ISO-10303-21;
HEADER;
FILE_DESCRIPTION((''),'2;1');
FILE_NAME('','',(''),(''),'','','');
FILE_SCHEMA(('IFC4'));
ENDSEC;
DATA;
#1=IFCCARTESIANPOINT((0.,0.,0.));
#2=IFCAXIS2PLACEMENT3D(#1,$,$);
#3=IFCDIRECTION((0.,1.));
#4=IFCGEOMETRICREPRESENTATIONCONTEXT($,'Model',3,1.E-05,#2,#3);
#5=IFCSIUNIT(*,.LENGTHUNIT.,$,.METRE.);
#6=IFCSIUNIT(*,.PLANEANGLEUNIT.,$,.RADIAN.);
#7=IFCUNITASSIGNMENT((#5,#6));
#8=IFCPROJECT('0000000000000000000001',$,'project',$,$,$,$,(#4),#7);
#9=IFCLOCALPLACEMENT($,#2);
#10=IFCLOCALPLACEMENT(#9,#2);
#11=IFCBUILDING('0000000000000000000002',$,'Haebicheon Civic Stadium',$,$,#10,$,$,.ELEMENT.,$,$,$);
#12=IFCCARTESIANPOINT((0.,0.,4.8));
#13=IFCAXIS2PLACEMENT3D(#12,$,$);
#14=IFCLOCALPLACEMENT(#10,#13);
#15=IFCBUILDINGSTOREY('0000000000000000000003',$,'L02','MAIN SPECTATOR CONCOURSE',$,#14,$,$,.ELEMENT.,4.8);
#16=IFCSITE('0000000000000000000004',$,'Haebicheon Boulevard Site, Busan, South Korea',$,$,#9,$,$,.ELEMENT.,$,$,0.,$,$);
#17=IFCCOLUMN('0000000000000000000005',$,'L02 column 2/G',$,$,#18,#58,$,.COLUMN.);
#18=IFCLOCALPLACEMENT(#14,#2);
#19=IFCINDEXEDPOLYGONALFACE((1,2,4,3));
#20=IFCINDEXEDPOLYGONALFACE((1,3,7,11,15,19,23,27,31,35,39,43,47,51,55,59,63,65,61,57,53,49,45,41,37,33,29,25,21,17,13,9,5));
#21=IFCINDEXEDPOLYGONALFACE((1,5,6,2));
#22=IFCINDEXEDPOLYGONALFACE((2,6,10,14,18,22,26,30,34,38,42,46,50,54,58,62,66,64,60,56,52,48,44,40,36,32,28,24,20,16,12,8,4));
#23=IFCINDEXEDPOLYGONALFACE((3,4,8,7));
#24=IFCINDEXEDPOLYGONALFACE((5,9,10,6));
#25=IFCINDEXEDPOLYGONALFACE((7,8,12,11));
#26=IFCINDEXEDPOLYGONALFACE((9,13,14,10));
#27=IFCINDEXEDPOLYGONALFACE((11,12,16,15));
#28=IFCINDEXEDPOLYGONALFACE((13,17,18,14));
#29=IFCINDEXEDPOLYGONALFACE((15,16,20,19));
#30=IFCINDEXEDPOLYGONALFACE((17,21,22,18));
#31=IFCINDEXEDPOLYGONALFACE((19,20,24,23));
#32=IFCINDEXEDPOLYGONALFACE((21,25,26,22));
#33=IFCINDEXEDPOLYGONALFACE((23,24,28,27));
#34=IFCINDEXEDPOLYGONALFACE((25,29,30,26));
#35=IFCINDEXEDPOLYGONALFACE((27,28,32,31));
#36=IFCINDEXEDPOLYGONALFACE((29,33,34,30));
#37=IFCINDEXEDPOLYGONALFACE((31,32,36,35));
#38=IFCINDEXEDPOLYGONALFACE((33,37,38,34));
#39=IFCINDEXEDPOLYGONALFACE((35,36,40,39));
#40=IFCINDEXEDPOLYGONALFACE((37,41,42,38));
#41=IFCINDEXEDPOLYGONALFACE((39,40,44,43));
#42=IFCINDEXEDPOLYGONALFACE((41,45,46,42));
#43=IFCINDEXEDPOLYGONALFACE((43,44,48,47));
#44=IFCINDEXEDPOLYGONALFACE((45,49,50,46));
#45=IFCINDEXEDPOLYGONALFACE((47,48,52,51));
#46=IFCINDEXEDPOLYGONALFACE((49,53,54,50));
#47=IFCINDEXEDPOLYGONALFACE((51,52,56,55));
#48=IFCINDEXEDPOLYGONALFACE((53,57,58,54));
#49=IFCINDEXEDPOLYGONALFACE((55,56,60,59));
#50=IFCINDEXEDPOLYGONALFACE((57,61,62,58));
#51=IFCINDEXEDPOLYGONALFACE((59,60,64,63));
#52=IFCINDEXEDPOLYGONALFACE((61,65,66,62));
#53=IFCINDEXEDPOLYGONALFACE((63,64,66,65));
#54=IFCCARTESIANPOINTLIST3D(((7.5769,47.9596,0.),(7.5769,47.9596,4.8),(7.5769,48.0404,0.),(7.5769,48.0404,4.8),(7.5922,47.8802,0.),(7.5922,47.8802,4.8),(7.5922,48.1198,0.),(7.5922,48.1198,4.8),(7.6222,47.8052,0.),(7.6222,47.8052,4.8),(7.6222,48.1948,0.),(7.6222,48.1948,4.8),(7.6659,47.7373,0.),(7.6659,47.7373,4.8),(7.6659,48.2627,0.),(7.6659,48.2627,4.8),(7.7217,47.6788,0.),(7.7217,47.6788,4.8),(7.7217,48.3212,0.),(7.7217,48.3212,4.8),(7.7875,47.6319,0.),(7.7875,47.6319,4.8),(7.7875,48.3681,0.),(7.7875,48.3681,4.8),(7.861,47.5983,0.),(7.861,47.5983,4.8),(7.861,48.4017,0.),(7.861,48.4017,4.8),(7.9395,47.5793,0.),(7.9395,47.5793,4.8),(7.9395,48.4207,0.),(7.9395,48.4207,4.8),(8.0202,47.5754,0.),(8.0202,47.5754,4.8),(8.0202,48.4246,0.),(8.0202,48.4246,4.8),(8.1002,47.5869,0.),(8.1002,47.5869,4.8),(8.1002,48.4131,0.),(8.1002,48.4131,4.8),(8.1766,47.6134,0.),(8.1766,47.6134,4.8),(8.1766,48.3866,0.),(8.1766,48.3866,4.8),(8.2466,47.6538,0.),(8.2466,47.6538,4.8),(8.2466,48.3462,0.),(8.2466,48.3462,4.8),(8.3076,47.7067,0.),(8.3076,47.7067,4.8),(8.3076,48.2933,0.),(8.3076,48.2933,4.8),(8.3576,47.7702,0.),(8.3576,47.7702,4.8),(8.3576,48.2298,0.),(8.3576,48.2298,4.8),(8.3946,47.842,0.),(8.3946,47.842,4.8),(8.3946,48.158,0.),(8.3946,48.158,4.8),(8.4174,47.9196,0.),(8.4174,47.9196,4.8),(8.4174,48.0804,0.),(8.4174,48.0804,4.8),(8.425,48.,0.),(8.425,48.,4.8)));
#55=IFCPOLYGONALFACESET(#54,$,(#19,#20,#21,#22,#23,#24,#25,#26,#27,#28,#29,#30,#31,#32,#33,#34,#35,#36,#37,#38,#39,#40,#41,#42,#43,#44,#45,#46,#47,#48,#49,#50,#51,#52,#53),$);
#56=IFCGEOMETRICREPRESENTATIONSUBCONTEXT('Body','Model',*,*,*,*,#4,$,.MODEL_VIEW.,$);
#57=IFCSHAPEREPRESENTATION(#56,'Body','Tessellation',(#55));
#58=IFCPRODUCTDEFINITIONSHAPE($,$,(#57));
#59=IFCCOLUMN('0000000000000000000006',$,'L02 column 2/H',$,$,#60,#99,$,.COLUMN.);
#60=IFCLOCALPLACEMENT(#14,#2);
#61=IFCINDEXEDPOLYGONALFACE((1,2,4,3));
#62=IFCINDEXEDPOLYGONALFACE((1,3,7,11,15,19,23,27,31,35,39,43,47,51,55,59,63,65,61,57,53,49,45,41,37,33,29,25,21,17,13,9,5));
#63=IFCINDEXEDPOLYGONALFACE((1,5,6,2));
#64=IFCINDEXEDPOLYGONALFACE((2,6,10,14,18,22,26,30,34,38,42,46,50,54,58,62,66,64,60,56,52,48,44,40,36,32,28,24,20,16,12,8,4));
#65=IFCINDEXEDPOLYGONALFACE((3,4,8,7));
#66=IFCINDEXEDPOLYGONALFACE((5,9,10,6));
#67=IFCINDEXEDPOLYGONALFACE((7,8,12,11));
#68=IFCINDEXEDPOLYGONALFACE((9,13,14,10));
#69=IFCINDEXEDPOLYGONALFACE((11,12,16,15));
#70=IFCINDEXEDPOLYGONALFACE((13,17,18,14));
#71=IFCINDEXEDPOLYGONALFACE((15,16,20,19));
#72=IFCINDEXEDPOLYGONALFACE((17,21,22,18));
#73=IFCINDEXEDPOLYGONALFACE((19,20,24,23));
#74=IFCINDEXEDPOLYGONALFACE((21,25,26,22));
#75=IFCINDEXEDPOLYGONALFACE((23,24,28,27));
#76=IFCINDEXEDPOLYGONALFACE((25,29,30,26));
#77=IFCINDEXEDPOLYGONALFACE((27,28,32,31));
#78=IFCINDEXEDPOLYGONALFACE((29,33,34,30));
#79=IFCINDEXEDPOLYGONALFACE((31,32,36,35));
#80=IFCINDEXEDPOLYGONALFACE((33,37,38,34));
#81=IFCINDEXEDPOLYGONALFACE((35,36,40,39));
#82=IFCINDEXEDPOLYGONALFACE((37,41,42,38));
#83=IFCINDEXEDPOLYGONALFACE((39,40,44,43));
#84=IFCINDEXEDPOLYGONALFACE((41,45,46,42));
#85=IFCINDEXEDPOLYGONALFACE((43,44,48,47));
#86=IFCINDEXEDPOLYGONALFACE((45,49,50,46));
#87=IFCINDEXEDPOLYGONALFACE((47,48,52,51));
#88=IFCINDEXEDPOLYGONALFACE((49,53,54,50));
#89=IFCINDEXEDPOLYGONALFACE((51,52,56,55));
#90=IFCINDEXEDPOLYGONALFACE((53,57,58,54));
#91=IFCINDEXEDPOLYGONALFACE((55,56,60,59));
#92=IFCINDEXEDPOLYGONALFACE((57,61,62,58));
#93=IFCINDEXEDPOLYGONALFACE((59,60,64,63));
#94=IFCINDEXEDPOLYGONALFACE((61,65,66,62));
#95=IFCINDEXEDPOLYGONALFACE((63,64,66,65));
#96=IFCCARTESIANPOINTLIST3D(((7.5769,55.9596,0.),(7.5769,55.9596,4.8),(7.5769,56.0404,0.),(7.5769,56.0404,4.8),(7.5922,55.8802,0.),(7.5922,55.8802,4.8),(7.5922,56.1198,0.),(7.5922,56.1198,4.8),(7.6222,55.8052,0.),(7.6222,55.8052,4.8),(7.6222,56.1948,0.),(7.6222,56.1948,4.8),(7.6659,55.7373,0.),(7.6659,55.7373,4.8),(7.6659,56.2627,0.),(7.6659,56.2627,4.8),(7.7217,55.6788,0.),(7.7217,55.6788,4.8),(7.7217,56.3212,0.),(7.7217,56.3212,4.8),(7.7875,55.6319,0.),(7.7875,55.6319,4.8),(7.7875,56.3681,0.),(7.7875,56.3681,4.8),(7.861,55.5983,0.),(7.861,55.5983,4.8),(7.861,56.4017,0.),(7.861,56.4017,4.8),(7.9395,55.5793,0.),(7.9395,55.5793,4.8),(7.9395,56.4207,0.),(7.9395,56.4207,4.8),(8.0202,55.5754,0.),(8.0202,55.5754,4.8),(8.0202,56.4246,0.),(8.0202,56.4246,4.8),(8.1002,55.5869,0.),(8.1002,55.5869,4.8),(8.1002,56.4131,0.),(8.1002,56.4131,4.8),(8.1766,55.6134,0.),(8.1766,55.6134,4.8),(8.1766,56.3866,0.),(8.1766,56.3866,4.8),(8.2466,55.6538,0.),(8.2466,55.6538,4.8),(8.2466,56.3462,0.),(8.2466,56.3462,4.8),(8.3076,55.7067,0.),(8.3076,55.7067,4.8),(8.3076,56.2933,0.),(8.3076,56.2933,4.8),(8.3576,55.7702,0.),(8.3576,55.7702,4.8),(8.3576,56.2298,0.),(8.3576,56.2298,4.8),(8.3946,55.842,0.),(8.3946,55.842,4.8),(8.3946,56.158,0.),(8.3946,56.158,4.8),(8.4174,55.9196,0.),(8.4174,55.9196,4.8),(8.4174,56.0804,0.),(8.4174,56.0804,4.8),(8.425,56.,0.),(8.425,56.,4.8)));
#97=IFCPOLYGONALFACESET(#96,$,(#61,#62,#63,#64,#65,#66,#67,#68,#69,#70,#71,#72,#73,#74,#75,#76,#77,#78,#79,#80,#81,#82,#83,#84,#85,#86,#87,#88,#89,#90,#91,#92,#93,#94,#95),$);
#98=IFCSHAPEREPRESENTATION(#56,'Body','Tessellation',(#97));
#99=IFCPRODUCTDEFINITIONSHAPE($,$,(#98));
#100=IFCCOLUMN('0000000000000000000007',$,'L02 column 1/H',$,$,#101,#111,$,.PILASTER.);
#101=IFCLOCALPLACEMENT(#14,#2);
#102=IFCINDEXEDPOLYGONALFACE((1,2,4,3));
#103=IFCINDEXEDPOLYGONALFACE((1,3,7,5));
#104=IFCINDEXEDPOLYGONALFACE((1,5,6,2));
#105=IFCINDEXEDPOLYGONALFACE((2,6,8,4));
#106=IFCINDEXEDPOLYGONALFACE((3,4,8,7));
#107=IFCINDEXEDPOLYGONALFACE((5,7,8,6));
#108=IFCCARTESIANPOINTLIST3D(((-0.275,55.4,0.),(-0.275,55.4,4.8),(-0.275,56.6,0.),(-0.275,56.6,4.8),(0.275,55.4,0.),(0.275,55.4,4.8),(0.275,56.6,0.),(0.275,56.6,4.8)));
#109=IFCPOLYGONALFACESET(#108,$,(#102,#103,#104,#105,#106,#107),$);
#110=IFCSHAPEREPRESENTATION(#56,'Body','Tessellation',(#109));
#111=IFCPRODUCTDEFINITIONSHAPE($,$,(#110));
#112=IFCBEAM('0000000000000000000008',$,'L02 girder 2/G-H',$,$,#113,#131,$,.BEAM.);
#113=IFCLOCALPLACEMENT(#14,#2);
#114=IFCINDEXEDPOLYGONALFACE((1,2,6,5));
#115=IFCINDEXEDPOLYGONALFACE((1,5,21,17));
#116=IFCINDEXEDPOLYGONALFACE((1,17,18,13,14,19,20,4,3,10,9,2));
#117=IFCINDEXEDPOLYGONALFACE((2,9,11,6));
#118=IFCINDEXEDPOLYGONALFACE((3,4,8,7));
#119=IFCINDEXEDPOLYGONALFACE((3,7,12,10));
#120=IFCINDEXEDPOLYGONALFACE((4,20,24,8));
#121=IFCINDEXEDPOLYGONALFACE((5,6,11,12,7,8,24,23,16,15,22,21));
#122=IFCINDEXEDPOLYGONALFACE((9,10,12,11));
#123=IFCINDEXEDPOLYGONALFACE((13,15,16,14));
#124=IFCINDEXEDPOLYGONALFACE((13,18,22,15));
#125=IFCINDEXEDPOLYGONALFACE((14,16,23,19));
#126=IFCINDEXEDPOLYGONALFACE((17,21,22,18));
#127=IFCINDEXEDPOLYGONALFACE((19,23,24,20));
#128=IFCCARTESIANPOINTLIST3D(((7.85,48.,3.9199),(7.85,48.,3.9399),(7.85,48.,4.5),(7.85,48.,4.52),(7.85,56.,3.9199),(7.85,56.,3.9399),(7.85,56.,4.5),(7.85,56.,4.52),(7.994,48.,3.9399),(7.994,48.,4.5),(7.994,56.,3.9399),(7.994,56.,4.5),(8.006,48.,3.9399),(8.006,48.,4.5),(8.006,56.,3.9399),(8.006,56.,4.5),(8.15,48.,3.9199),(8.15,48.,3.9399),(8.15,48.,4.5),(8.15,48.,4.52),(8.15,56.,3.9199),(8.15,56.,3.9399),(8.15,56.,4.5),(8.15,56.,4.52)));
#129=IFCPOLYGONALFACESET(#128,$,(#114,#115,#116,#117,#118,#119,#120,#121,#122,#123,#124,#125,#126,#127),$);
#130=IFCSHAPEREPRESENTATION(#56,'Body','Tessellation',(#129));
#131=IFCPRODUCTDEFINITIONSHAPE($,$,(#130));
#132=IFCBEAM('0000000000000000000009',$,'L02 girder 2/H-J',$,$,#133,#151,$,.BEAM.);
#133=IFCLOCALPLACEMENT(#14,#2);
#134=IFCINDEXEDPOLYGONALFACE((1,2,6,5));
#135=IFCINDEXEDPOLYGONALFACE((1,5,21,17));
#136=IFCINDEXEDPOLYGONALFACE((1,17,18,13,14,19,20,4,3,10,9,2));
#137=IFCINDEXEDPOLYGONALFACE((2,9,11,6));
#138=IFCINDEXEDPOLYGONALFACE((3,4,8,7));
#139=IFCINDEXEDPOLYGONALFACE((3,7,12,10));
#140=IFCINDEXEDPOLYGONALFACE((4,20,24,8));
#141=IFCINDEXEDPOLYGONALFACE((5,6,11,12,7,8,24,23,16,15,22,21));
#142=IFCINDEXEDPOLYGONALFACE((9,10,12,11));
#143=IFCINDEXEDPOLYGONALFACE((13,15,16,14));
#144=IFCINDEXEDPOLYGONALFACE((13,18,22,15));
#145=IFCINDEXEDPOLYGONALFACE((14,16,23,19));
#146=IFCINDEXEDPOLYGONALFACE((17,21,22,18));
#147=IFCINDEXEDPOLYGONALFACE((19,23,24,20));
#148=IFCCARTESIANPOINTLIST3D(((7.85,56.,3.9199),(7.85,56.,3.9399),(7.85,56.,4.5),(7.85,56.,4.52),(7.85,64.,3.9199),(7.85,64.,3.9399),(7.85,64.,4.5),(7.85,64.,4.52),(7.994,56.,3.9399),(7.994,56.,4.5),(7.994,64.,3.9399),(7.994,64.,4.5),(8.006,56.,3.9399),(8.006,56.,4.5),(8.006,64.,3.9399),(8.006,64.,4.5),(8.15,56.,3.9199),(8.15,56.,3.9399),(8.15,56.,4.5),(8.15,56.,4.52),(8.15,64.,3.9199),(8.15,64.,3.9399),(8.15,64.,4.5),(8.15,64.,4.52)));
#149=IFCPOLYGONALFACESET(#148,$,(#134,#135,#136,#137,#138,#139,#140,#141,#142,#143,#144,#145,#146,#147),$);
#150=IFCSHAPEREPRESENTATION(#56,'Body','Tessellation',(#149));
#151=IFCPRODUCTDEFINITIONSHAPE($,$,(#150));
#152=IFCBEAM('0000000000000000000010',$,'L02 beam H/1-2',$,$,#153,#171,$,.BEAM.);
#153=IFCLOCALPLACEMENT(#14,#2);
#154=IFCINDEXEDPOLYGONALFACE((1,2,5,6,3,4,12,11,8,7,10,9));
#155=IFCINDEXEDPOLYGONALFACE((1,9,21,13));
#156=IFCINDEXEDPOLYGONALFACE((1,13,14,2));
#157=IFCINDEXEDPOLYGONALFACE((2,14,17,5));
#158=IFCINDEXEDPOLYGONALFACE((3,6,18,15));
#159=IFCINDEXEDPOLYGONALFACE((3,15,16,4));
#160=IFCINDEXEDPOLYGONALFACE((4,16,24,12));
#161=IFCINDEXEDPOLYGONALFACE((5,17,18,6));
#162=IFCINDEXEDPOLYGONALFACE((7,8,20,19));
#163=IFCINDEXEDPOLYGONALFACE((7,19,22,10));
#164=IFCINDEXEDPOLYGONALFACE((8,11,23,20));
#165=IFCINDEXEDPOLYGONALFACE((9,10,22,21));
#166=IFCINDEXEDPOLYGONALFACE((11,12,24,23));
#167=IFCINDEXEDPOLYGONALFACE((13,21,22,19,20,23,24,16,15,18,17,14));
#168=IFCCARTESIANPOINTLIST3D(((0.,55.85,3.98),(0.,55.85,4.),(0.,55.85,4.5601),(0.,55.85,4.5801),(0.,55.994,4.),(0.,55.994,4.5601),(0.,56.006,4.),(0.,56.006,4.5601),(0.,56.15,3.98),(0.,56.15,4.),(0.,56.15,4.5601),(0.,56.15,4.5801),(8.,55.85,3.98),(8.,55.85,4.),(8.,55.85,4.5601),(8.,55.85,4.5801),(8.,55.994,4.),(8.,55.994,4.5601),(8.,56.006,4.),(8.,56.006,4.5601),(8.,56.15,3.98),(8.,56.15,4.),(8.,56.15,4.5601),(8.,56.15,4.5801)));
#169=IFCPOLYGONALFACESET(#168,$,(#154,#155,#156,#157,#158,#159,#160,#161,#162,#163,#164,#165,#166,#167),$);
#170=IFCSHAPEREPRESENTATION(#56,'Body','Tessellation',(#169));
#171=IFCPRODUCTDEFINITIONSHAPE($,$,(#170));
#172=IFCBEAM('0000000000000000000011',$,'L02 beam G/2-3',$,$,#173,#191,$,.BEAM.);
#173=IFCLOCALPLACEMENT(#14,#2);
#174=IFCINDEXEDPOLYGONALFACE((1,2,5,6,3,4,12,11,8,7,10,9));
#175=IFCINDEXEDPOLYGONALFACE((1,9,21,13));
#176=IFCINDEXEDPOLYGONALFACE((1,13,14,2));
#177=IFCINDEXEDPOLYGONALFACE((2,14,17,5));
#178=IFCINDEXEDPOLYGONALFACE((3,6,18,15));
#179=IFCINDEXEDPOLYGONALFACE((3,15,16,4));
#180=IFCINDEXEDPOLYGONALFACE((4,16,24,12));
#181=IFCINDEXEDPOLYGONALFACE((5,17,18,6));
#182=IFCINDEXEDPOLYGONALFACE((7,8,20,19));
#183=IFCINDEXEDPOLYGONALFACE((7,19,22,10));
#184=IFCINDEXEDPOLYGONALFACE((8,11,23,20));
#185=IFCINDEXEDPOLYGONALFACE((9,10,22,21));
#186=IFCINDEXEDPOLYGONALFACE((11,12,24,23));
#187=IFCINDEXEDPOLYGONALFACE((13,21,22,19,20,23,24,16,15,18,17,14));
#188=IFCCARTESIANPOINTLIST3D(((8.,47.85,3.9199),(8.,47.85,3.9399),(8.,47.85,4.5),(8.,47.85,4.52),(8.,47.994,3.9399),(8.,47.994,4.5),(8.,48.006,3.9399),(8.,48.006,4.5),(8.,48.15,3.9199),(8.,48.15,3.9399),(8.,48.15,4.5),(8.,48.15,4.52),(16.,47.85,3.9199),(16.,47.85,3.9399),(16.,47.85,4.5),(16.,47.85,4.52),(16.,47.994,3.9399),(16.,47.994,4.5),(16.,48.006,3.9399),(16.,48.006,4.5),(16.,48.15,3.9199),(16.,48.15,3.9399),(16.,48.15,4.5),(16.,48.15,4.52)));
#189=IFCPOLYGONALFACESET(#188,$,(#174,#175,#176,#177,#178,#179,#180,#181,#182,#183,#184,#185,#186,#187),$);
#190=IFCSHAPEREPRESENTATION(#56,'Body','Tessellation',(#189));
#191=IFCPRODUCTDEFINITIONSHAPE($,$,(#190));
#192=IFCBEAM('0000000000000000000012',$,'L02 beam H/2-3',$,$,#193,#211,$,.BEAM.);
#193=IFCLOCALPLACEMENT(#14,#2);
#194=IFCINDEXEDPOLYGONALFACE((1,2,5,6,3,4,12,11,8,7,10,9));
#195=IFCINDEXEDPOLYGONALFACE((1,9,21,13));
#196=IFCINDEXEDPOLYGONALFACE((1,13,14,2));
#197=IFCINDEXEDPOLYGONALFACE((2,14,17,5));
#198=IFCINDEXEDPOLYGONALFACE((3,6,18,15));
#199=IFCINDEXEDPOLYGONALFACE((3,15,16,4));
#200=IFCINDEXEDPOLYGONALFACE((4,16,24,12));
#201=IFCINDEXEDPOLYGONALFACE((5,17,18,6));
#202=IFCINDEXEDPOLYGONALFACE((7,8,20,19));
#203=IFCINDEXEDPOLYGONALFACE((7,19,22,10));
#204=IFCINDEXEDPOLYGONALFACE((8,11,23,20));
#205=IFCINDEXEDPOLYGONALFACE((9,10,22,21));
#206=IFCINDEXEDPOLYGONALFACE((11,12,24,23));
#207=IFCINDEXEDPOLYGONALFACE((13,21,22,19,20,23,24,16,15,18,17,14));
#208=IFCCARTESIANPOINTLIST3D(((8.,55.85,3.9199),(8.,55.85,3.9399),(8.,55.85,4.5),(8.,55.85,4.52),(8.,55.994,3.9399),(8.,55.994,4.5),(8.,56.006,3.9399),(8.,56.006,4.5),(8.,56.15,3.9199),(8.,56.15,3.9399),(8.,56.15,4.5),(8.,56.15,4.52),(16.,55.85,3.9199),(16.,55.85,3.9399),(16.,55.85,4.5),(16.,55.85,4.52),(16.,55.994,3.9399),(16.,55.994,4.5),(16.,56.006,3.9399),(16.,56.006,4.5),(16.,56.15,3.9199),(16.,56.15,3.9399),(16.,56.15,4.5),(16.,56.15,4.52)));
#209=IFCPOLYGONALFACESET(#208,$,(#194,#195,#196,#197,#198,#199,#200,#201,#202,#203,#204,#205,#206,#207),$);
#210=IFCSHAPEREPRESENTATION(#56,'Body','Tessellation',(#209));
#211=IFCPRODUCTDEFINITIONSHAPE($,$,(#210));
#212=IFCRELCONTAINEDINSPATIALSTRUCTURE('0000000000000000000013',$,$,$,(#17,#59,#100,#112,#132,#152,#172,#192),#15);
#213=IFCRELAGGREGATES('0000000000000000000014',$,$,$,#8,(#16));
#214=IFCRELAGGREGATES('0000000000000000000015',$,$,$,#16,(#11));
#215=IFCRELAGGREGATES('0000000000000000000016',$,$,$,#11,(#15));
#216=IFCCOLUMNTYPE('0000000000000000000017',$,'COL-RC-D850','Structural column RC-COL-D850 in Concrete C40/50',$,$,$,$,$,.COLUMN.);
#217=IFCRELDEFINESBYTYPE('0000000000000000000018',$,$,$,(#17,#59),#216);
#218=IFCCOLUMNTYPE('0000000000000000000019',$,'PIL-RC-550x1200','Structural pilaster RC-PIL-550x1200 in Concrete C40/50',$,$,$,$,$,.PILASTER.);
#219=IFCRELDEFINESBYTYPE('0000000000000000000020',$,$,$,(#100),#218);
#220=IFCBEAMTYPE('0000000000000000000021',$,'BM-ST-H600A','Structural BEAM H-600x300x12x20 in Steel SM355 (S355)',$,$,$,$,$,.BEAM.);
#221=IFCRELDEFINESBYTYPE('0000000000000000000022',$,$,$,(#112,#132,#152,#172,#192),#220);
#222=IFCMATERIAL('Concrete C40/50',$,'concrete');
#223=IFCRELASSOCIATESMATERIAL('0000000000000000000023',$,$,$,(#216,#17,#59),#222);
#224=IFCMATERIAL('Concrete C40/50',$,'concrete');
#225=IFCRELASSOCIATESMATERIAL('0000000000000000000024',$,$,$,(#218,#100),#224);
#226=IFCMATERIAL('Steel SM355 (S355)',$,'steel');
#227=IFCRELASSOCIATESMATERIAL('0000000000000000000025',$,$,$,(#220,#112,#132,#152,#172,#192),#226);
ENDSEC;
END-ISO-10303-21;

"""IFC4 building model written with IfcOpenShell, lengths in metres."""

from ifc_helpers import new_model, si_unit, direction, frame, origin, origin_2d, place, context, subcontext, project, spatial, rectangle, circle, i_section, extrude, material, material_profile, profile_set, type_object, element, save


model = new_model("IFC4")

# Units and contexts
model_context = context("Model", 3, precision=1e-05, world=origin(), true_north=direction((0.0, 1.0)))
body_context = subcontext(model_context, "Body", "Model", "MODEL_VIEW")
ifc_project = project(units=[si_unit("LENGTHUNIT", "METRE"), si_unit("PLANEANGLEUNIT", "RADIAN")], contexts=[model_context])

# Site, building, storey
site_placement = place(None, origin())
site = spatial("IfcSite", under=ifc_project, at=site_placement, Name="Haebicheon Boulevard Site, Busan, South Korea", CompositionType="ELEMENT", RefElevation=0.0)
building_placement = place(site_placement, origin())
building = spatial("IfcBuilding", under=site, at=building_placement, Name="Haebicheon Civic Stadium", CompositionType="ELEMENT")
storey_placement = place(building_placement, frame((0.0, 0.0, 4.8)))
storey = spatial("IfcBuildingStorey", under=building, at=storey_placement, Name="L02", Description="MAIN SPECTATOR CONCOURSE", CompositionType="ELEMENT", Elevation=4.8)

# Columns
ifc_material_1 = material(Name="Concrete C40/50", Category="concrete")
ifc_material_profile_1 = material_profile(ifc_material_1, circle(Radius=0.425, at=origin_2d()), Name="RC-COL-D850")
ifc_profile_set_1 = profile_set([ifc_material_profile_1], Name="Concrete C40/50")
column_type_1 = type_object("IfcColumnType", Name="COL-RC-D850", Description="Structural column RC-COL-D850 in Concrete C40/50", PredefinedType="COLUMN", material=ifc_profile_set_1)
for number, where, z_axis, x_axis, name in (
    (1, (8.0, 48.0, 0.0), (0.0, 0.0, 1.0), (1.0, 0.0, 0.0), "L02 column 2/G"),
    (2, (8.0, 56.0, 0.0), (0.0, 0.0, 1.0), (1.0, 0.0, 0.0), "L02 column 2/H"),
):
    element("IfcColumn", number, at=place(storey_placement, frame(where, z_axis=z_axis, x_axis=x_axis)), inside=storey, type_object=column_type_1, material=ifc_profile_set_1, Name=name, PredefinedType="COLUMN", context=body_context, shape_type="SweptSolid", body=[
        extrude(circle(Radius=0.425, at=origin_2d()), origin(), (0.0, 0.0, 1.0), 4.8),
    ])
ifc_material_2 = material(Name="Concrete C40/50", Category="concrete")
ifc_material_profile_2 = material_profile(ifc_material_2, rectangle(XDim=0.55, YDim=1.2, at=origin_2d()), Name="RC-PIL-550x1200")
ifc_profile_set_2 = profile_set([ifc_material_profile_2], Name="Concrete C40/50")
column_type_2 = type_object("IfcColumnType", Name="PIL-RC-550x1200", Description="Structural pilaster RC-PIL-550x1200 in Concrete C40/50", PredefinedType="PILASTER", material=ifc_profile_set_2)
column_placement = place(storey_placement, frame((0.0, 56.0, 0.0), z_axis=(0.0, 0.0, 1.0), x_axis=(1.0, 0.0, 0.0)))
element("IfcColumn", 3, at=column_placement, inside=storey, type_object=column_type_2, material=ifc_profile_set_2, Name="L02 column 1/H", PredefinedType="PILASTER", context=body_context, shape_type="SweptSolid", body=[
    extrude(rectangle(XDim=0.55, YDim=1.2, at=origin_2d()), origin(), (0.0, 0.0, 1.0), 4.8),
])

# Beams
ifc_material_3 = material(Name="Steel SM355 (S355)", Category="steel")
ifc_material_profile_3 = material_profile(ifc_material_3, i_section(OverallWidth=0.3, OverallDepth=0.6001, WebThickness=0.012, FlangeThickness=0.02, at=origin_2d()), Name="H-600x300x12x20")
ifc_profile_set_3 = profile_set([ifc_material_profile_3], Name="Steel SM355 (S355)")
beam_type_1 = type_object("IfcBeamType", Name="BM-ST-H600A", Description="Structural BEAM H-600x300x12x20 in Steel SM355 (S355)", PredefinedType="BEAM", material=ifc_profile_set_3)
for number, where, z_axis, x_axis, name in (
    (4, (8.0, 48.0, 4.22), (0.0, 1.0, 0.0), (-1.0, 0.0, 0.0), "L02 girder 2/G-H"),
    (5, (8.0, 56.0, 4.22), (0.0, 1.0, 0.0), (-1.0, 0.0, 0.0), "L02 girder 2/H-J"),
    (6, (0.0, 56.0, 4.28), (1.0, 0.0, 0.0), (0.0, 1.0, 0.0), "L02 beam H/1-2"),
    (7, (8.0, 48.0, 4.22), (1.0, 0.0, 0.0), (0.0, 1.0, 0.0), "L02 beam G/2-3"),
    (8, (8.0, 56.0, 4.22), (1.0, 0.0, 0.0), (0.0, 1.0, 0.0), "L02 beam H/2-3"),
):
    element("IfcBeam", number, at=place(storey_placement, frame(where, z_axis=z_axis, x_axis=x_axis)), inside=storey, type_object=beam_type_1, material=ifc_profile_set_3, Name=name, PredefinedType="BEAM", context=body_context, shape_type="SweptSolid", body=[
        extrude(i_section(OverallWidth=0.3, OverallDepth=0.6001, WebThickness=0.012, FlangeThickness=0.02, at=origin_2d()), origin(), (0.0, 0.0, 1.0), 8.0),
    ])

save(model, "model.ifc")
